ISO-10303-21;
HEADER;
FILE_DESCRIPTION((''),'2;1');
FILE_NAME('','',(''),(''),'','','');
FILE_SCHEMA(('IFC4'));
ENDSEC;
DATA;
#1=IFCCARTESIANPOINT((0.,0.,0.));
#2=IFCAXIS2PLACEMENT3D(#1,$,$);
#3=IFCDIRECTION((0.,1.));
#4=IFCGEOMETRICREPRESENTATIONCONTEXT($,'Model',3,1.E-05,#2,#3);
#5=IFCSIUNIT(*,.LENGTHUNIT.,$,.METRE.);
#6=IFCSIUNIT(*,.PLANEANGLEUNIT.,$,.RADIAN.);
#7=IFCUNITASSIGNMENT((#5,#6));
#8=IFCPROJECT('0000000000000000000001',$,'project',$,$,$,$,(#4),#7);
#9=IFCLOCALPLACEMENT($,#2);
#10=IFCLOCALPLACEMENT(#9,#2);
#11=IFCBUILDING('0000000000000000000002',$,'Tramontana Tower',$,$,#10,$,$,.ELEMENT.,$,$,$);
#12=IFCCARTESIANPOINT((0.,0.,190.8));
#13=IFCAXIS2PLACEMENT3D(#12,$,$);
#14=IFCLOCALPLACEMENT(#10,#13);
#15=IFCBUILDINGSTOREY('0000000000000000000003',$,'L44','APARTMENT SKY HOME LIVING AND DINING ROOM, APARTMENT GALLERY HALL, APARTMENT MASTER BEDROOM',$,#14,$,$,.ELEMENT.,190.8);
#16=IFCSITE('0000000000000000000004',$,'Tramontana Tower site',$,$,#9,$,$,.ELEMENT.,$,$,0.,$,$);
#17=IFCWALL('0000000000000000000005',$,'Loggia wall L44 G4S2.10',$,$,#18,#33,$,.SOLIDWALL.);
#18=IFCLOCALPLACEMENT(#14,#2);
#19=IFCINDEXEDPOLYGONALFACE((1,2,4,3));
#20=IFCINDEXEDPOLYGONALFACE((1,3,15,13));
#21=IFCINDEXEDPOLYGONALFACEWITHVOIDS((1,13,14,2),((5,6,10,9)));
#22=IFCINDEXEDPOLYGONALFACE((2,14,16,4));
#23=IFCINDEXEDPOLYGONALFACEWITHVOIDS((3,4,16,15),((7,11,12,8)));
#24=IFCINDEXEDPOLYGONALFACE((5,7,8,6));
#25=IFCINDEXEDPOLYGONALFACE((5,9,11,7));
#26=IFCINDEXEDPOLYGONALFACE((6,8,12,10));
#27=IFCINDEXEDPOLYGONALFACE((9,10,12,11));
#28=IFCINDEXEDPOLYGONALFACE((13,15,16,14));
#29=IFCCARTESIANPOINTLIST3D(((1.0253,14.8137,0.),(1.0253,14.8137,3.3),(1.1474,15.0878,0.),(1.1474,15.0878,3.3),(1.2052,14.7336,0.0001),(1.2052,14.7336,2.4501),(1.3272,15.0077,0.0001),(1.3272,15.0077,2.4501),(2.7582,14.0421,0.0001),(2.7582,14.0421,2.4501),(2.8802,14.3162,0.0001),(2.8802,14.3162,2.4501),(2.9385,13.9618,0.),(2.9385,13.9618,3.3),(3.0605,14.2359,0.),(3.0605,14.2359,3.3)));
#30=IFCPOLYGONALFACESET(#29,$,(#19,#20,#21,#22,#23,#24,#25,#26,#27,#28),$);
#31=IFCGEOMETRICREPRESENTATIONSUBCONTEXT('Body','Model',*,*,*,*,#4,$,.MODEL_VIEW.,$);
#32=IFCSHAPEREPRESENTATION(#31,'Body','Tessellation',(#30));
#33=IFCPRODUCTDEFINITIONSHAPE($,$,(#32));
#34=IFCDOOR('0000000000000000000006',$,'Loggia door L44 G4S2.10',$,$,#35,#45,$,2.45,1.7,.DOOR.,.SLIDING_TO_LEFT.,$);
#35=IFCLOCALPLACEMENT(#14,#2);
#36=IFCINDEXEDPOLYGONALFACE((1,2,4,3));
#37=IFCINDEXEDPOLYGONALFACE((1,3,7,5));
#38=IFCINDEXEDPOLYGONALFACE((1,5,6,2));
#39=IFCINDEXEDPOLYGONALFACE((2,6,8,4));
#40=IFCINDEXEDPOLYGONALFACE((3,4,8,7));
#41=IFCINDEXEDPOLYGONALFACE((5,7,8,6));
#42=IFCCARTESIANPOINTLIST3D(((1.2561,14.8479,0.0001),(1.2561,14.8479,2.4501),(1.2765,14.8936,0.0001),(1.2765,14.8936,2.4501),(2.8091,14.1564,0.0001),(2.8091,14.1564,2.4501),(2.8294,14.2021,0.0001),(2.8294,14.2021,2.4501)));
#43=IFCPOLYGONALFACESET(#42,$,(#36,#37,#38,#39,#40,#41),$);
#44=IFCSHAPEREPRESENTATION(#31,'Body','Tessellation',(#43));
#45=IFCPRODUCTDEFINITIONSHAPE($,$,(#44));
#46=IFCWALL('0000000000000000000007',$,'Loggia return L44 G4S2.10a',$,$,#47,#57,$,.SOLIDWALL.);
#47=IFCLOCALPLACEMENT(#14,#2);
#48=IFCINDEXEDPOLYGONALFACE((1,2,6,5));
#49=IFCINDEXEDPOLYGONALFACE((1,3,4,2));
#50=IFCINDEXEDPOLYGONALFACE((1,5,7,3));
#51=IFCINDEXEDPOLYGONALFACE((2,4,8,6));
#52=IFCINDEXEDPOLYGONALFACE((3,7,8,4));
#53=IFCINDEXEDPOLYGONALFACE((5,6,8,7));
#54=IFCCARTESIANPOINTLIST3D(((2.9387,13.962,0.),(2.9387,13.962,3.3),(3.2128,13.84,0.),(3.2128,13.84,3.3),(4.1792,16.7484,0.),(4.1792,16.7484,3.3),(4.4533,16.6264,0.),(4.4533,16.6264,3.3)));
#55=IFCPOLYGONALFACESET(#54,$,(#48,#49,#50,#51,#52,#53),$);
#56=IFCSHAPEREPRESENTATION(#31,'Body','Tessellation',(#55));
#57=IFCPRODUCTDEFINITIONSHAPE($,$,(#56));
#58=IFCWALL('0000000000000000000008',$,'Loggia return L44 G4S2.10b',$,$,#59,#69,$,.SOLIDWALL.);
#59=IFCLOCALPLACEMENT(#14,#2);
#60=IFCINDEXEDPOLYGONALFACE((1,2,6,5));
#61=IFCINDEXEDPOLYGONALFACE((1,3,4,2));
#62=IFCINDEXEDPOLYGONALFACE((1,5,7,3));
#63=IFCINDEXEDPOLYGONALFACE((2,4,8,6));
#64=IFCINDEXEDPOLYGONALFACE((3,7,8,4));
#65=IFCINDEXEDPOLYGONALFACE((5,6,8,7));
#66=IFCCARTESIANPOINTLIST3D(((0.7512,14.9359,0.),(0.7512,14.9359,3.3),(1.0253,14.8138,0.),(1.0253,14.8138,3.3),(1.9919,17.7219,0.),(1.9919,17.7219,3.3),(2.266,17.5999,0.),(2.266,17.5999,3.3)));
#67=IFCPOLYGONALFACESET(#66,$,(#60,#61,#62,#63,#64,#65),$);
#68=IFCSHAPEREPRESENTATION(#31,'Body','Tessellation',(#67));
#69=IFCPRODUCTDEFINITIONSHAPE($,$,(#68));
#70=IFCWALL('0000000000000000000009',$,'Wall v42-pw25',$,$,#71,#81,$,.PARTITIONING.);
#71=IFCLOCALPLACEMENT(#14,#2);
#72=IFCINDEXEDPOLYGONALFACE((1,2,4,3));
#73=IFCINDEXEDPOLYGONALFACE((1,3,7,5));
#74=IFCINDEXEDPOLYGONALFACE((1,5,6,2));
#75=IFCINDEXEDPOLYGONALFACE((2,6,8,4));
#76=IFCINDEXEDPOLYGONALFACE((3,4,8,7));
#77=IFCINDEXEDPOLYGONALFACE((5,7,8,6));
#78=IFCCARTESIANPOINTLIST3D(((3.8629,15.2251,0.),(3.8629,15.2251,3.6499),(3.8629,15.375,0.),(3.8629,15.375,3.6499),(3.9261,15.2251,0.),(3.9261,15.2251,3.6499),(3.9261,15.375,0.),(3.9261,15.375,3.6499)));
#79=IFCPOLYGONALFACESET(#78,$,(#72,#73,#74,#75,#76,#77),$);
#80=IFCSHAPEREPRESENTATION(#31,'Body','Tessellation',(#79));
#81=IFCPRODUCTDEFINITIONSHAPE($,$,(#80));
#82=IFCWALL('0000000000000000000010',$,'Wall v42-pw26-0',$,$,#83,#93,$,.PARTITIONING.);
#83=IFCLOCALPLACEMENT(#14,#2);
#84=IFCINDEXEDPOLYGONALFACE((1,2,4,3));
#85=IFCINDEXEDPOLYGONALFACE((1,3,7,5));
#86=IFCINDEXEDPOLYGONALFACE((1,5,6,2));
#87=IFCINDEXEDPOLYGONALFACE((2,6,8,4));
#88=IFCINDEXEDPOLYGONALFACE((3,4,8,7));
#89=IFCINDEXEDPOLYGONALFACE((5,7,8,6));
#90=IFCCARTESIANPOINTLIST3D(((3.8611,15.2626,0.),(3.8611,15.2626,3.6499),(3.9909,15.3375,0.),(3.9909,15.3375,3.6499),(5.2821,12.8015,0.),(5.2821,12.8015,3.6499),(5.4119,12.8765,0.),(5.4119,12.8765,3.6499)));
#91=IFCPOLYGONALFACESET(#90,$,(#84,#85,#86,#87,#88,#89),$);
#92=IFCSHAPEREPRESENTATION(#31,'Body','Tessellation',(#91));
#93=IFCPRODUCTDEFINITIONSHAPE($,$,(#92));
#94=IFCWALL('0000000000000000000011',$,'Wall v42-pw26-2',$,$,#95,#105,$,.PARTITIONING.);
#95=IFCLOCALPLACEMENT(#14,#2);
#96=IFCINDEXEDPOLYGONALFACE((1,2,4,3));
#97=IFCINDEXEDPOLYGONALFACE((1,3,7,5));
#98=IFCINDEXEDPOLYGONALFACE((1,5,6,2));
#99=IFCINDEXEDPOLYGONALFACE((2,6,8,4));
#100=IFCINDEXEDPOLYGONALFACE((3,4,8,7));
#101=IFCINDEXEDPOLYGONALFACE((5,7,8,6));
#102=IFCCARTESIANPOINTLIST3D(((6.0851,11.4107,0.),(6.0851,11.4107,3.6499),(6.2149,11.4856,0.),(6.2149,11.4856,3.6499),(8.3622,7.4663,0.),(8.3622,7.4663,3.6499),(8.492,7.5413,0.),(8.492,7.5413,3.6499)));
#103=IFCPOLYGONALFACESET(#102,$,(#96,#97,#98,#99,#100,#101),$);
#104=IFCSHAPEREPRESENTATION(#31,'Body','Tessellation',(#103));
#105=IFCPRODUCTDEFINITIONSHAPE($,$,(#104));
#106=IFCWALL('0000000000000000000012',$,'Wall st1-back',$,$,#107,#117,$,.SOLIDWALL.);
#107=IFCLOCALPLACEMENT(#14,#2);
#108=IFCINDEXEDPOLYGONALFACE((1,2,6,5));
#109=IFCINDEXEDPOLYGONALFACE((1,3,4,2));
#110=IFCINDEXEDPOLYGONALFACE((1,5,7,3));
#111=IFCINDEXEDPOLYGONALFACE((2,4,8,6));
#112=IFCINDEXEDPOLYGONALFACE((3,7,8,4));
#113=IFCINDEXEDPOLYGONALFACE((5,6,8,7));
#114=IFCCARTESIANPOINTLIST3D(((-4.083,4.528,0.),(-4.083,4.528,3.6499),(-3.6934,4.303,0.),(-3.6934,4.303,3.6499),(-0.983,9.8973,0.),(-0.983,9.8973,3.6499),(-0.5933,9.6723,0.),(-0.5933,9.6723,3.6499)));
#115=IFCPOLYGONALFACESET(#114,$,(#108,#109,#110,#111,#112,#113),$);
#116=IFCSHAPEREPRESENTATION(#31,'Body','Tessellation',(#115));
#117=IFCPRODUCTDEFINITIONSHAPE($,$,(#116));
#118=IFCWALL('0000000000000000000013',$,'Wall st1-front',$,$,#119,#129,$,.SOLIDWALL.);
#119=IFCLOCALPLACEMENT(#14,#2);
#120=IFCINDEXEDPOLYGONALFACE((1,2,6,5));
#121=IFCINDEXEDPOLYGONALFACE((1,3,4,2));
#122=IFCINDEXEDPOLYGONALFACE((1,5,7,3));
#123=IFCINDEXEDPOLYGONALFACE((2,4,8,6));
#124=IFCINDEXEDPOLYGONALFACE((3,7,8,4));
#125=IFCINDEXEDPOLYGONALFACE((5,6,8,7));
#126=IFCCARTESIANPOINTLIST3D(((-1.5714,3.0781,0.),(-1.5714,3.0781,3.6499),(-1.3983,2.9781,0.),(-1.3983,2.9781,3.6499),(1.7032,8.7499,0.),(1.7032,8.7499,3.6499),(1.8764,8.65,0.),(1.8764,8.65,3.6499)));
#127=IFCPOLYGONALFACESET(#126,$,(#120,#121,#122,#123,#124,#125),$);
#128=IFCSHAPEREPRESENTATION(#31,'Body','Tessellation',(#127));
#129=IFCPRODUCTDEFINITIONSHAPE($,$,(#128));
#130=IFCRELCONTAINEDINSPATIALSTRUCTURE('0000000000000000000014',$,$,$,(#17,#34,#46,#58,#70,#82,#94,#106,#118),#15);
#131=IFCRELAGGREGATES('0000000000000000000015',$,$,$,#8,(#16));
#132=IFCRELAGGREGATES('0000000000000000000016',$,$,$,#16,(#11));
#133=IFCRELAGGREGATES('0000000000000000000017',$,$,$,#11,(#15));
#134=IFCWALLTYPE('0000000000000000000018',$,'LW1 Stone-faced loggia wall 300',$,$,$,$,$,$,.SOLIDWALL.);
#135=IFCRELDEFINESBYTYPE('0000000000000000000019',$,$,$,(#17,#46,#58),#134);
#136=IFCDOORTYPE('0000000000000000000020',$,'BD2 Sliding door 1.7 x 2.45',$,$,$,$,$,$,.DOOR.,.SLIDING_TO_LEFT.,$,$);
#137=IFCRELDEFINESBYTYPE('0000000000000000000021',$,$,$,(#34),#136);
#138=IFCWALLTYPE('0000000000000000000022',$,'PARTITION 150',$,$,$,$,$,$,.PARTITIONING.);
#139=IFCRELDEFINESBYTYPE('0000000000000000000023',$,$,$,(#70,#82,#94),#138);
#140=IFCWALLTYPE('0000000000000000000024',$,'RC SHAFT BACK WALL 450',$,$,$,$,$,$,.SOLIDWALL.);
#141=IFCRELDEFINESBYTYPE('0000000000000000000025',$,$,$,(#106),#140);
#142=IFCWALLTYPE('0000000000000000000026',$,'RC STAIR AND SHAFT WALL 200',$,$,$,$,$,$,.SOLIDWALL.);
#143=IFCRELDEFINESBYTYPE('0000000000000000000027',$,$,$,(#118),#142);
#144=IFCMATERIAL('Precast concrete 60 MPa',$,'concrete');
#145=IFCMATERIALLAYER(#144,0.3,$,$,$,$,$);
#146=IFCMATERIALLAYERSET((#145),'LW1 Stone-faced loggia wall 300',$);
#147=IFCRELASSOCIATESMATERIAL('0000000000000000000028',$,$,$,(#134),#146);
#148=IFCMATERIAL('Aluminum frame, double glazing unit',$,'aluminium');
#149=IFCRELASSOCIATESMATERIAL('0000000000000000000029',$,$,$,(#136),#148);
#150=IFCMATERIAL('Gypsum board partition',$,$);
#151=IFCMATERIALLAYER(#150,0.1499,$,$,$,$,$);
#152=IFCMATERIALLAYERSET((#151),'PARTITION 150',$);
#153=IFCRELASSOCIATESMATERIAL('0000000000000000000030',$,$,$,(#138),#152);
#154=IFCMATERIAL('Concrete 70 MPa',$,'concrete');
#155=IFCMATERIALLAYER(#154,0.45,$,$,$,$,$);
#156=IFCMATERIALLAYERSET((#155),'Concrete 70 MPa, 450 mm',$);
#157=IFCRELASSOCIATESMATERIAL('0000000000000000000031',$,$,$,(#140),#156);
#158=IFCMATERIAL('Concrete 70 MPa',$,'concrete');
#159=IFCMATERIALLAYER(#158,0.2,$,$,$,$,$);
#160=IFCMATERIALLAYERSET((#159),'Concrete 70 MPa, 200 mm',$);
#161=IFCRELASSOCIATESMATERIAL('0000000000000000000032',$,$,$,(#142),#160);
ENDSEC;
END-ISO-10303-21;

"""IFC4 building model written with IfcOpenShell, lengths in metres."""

from ifc_helpers import new_model, si_unit, direction, frame, frame_2d, origin, place, context, subcontext, project, spatial, rectangle, extrude, material, layer, layer_set, type_object, element, fill, save


model = new_model("IFC4")

# Units and contexts
model_context = context("Model", 3, precision=1e-05, world=origin(), true_north=direction((0.0, 1.0)))
body_context = subcontext(model_context, "Body", "Model", "MODEL_VIEW")
ifc_project = project(units=[si_unit("LENGTHUNIT", "METRE"), si_unit("PLANEANGLEUNIT", "RADIAN")], contexts=[model_context])

# Site, building, storey
site_placement = place(None, origin())
site = spatial("IfcSite", under=ifc_project, at=site_placement, Name="Tramontana Tower site", CompositionType="ELEMENT", RefElevation=0.0)
building_placement = place(site_placement, origin())
building = spatial("IfcBuilding", under=site, at=building_placement, Name="Tramontana Tower", CompositionType="ELEMENT")
storey_placement = place(building_placement, frame((0.0, 0.0, 190.8)))
storey = spatial("IfcBuildingStorey", under=building, at=storey_placement, Name="L44", Description="APARTMENT SKY HOME LIVING AND DINING ROOM, APARTMENT GALLERY HALL, APARTMENT MASTER BEDROOM", CompositionType="ELEMENT", Elevation=190.8)

# Wall, opening, door
ifc_material_1 = material(Name="Precast concrete 60 MPa", Category="concrete")
ifc_layer_1 = layer(ifc_material_1, 0.3)
ifc_layer_set_1 = layer_set([ifc_layer_1], Name="LW1 Stone-faced loggia wall 300")
wall_type_1 = type_object("IfcWallType", Name="LW1 Stone-faced loggia wall 300", PredefinedType="SOLIDWALL", material=ifc_layer_set_1)
wall_1_placement = place(storey_placement, frame((2.9995, 14.0989, 0.0), z_axis=(0.0, 0.0, 1.0), x_axis=(-0.913537, 0.406755, 0.0)))
wall_1 = element("IfcWall", 1, at=wall_1_placement, inside=storey, type_object=wall_type_1, Name="Loggia wall L44 G4S2.10", PredefinedType="SOLIDWALL", context=body_context, shape_type="SweptSolid", body=[
    extrude(rectangle(XDim=2.0942, YDim=0.3, at=frame_2d((1.0471, 0.0))), origin(), (0.0, 0.0, 1.0), 3.3),
])
opening_1_placement = place(wall_1_placement, frame((0.1973, 0.0, 0.0)))
opening_1 = element("IfcOpeningElement", 2, at=opening_1_placement, cuts=wall_1, PredefinedType="OPENING", context=body_context, shape_type="SweptSolid", body=[
    extrude(rectangle(XDim=1.7, YDim=2.45, at=frame_2d((0.8501, 1.2251))), frame((0.0, 0.1599, 0.0), z_axis=(0.0, -1.0, 0.0), x_axis=(1.0, 0.0, 0.0)), (0.0, 0.0, 1.0), 0.3201),
])
ifc_material_2 = material(Name="Aluminum frame, double glazing unit", Category="aluminium")
door_type_1 = type_object("IfcDoorType", Name="BD2 Sliding door 1.7 x 2.45", OperationType="SLIDING_TO_LEFT", PredefinedType="DOOR", material=ifc_material_2)
door_1_placement = place(opening_1_placement, origin())
door_1 = element("IfcDoor", 3, at=door_1_placement, inside=storey, type_object=door_type_1, Name="Loggia door L44 G4S2.10", OperationType="SLIDING_TO_LEFT", OverallHeight=2.45, OverallWidth=1.7, PredefinedType="DOOR", context=body_context, shape_type="SweptSolid", body=[
    extrude(rectangle(XDim=1.7, YDim=2.45, at=frame_2d((0.8501, 1.2251))), frame((0.0, 0.0249, 0.0), z_axis=(0.0, -1.0, 0.0), x_axis=(1.0, 0.0, 0.0)), (0.0, 0.0, 1.0), 0.05),
])
fill(opening_1, door_1)

# Walls
wall_2_placement = place(storey_placement, frame((4.3162, 16.6873, 0.0), z_axis=(0.0, 0.0, 1.0), x_axis=(-0.40671, -0.913557, 0.0)))
element("IfcWall", 4, at=wall_2_placement, inside=storey, type_object=wall_type_1, Name="Loggia return L44 G4S2.10a", PredefinedType="SOLIDWALL", context=body_context, shape_type="SweptSolid", body=[
    extrude(rectangle(XDim=3.05, YDim=0.3, at=frame_2d((1.5249, 0.0))), origin(), (0.0, 0.0, 1.0), 3.3),
])
wall_3_placement = place(storey_placement, frame((2.1289, 17.6609, 0.0), z_axis=(0.0, 0.0, 1.0), x_axis=(-0.406807, -0.913514, 0.0)))
element("IfcWall", 5, at=wall_3_placement, inside=storey, type_object=wall_type_1, Name="Loggia return L44 G4S2.10b", PredefinedType="SOLIDWALL", context=body_context, shape_type="SweptSolid", body=[
    extrude(rectangle(XDim=3.0498, YDim=0.3, at=frame_2d((1.5249, 0.0))), origin(), (0.0, 0.0, 1.0), 3.3),
])
ifc_material_3 = material(Name="Gypsum board partition")
ifc_layer_2 = layer(ifc_material_3, 0.1499)
ifc_layer_set_2 = layer_set([ifc_layer_2], Name="PARTITION 150")
wall_type_2 = type_object("IfcWallType", Name="PARTITION 150", PredefinedType="PARTITIONING", material=ifc_layer_set_2)
wall_4_placement = place(storey_placement, frame((3.8628, 15.3, 0.0), z_axis=(0.0, 0.0, 1.0), x_axis=(1.0, 0.0, 0.0)))
element("IfcWall", 6, at=wall_4_placement, inside=storey, type_object=wall_type_2, Name="Wall v42-pw25", PredefinedType="PARTITIONING", context=body_context, shape_type="SweptSolid", body=[
    extrude(rectangle(XDim=0.0632, YDim=0.1499, at=frame_2d((0.0317, 0.0))), origin(), (0.0, 0.0, 1.0), 3.6499),
])
wall_5_placement = place(storey_placement, frame((3.926, 15.3, 0.0), z_axis=(0.0, 0.0, 1.0), x_axis=(0.50002, -0.866014, 0.0)))
element("IfcWall", 7, at=wall_5_placement, inside=storey, type_object=wall_type_2, Name="Wall v42-pw26-0", PredefinedType="PARTITIONING", context=body_context, shape_type="SweptSolid", body=[
    extrude(rectangle(XDim=2.8418, YDim=0.1499, at=frame_2d((1.4209, 0.0))), origin(), (0.0, 0.0, 1.0), 3.6499),
])

# Walls
wall_6_placement = place(storey_placement, frame((6.1499, 11.4482, 0.0), z_axis=(0.0, 0.0, 1.0), x_axis=(0.499973, -0.866041, 0.0)))
element("IfcWall", 8, at=wall_6_placement, inside=storey, type_object=wall_type_2, Name="Wall v42-pw26-2", PredefinedType="PARTITIONING", context=body_context, shape_type="SweptSolid", body=[
    extrude(rectangle(XDim=4.5544, YDim=0.1499, at=frame_2d((2.2773, 0.0))), origin(), (0.0, 0.0, 1.0), 3.6499),
])
ifc_material_4 = material(Name="Concrete 70 MPa", Category="concrete")
ifc_layer_3 = layer(ifc_material_4, 0.45)
ifc_layer_set_3 = layer_set([ifc_layer_3], Name="Concrete 70 MPa, 450 mm")
wall_type_3 = type_object("IfcWallType", Name="RC SHAFT BACK WALL 450", PredefinedType="SOLIDWALL", material=ifc_layer_set_3)
wall_7_placement = place(storey_placement, frame((-0.7881, 9.7849, 0.0), z_axis=(0.0, 0.0, 1.0), x_axis=(-0.50001, -0.86602, 0.0)))
element("IfcWall", 9, at=wall_7_placement, inside=storey, type_object=wall_type_3, Name="Wall st1-back", PredefinedType="SOLIDWALL", context=body_context, shape_type="SweptSolid", body=[
    extrude(rectangle(XDim=6.2, YDim=0.45, at=frame_2d((3.1001, 0.0))), origin(), (0.0, 0.0, 1.0), 3.6499),
])
ifc_material_5 = material(Name="Concrete 70 MPa", Category="concrete")
ifc_layer_4 = layer(ifc_material_5, 0.2)
ifc_layer_set_4 = layer_set([ifc_layer_4], Name="Concrete 70 MPa, 200 mm")
wall_type_4 = type_object("IfcWallType", Name="RC STAIR AND SHAFT WALL 200", PredefinedType="SOLIDWALL", material=ifc_layer_set_4)
wall_8_placement = place(storey_placement, frame((1.7898, 8.7, 0.0), z_axis=(0.0, 0.0, 1.0), x_axis=(-0.5, -0.866025, 0.0)))
element("IfcWall", 10, at=wall_8_placement, inside=storey, type_object=wall_type_4, Name="Wall st1-front", PredefinedType="SOLIDWALL", context=body_context, shape_type="SweptSolid", body=[
    extrude(rectangle(XDim=6.5493, YDim=0.2, at=frame_2d((3.2747, 0.0))), origin(), (0.0, 0.0, 1.0), 3.6499),
])

save(model, "model.ifc")
